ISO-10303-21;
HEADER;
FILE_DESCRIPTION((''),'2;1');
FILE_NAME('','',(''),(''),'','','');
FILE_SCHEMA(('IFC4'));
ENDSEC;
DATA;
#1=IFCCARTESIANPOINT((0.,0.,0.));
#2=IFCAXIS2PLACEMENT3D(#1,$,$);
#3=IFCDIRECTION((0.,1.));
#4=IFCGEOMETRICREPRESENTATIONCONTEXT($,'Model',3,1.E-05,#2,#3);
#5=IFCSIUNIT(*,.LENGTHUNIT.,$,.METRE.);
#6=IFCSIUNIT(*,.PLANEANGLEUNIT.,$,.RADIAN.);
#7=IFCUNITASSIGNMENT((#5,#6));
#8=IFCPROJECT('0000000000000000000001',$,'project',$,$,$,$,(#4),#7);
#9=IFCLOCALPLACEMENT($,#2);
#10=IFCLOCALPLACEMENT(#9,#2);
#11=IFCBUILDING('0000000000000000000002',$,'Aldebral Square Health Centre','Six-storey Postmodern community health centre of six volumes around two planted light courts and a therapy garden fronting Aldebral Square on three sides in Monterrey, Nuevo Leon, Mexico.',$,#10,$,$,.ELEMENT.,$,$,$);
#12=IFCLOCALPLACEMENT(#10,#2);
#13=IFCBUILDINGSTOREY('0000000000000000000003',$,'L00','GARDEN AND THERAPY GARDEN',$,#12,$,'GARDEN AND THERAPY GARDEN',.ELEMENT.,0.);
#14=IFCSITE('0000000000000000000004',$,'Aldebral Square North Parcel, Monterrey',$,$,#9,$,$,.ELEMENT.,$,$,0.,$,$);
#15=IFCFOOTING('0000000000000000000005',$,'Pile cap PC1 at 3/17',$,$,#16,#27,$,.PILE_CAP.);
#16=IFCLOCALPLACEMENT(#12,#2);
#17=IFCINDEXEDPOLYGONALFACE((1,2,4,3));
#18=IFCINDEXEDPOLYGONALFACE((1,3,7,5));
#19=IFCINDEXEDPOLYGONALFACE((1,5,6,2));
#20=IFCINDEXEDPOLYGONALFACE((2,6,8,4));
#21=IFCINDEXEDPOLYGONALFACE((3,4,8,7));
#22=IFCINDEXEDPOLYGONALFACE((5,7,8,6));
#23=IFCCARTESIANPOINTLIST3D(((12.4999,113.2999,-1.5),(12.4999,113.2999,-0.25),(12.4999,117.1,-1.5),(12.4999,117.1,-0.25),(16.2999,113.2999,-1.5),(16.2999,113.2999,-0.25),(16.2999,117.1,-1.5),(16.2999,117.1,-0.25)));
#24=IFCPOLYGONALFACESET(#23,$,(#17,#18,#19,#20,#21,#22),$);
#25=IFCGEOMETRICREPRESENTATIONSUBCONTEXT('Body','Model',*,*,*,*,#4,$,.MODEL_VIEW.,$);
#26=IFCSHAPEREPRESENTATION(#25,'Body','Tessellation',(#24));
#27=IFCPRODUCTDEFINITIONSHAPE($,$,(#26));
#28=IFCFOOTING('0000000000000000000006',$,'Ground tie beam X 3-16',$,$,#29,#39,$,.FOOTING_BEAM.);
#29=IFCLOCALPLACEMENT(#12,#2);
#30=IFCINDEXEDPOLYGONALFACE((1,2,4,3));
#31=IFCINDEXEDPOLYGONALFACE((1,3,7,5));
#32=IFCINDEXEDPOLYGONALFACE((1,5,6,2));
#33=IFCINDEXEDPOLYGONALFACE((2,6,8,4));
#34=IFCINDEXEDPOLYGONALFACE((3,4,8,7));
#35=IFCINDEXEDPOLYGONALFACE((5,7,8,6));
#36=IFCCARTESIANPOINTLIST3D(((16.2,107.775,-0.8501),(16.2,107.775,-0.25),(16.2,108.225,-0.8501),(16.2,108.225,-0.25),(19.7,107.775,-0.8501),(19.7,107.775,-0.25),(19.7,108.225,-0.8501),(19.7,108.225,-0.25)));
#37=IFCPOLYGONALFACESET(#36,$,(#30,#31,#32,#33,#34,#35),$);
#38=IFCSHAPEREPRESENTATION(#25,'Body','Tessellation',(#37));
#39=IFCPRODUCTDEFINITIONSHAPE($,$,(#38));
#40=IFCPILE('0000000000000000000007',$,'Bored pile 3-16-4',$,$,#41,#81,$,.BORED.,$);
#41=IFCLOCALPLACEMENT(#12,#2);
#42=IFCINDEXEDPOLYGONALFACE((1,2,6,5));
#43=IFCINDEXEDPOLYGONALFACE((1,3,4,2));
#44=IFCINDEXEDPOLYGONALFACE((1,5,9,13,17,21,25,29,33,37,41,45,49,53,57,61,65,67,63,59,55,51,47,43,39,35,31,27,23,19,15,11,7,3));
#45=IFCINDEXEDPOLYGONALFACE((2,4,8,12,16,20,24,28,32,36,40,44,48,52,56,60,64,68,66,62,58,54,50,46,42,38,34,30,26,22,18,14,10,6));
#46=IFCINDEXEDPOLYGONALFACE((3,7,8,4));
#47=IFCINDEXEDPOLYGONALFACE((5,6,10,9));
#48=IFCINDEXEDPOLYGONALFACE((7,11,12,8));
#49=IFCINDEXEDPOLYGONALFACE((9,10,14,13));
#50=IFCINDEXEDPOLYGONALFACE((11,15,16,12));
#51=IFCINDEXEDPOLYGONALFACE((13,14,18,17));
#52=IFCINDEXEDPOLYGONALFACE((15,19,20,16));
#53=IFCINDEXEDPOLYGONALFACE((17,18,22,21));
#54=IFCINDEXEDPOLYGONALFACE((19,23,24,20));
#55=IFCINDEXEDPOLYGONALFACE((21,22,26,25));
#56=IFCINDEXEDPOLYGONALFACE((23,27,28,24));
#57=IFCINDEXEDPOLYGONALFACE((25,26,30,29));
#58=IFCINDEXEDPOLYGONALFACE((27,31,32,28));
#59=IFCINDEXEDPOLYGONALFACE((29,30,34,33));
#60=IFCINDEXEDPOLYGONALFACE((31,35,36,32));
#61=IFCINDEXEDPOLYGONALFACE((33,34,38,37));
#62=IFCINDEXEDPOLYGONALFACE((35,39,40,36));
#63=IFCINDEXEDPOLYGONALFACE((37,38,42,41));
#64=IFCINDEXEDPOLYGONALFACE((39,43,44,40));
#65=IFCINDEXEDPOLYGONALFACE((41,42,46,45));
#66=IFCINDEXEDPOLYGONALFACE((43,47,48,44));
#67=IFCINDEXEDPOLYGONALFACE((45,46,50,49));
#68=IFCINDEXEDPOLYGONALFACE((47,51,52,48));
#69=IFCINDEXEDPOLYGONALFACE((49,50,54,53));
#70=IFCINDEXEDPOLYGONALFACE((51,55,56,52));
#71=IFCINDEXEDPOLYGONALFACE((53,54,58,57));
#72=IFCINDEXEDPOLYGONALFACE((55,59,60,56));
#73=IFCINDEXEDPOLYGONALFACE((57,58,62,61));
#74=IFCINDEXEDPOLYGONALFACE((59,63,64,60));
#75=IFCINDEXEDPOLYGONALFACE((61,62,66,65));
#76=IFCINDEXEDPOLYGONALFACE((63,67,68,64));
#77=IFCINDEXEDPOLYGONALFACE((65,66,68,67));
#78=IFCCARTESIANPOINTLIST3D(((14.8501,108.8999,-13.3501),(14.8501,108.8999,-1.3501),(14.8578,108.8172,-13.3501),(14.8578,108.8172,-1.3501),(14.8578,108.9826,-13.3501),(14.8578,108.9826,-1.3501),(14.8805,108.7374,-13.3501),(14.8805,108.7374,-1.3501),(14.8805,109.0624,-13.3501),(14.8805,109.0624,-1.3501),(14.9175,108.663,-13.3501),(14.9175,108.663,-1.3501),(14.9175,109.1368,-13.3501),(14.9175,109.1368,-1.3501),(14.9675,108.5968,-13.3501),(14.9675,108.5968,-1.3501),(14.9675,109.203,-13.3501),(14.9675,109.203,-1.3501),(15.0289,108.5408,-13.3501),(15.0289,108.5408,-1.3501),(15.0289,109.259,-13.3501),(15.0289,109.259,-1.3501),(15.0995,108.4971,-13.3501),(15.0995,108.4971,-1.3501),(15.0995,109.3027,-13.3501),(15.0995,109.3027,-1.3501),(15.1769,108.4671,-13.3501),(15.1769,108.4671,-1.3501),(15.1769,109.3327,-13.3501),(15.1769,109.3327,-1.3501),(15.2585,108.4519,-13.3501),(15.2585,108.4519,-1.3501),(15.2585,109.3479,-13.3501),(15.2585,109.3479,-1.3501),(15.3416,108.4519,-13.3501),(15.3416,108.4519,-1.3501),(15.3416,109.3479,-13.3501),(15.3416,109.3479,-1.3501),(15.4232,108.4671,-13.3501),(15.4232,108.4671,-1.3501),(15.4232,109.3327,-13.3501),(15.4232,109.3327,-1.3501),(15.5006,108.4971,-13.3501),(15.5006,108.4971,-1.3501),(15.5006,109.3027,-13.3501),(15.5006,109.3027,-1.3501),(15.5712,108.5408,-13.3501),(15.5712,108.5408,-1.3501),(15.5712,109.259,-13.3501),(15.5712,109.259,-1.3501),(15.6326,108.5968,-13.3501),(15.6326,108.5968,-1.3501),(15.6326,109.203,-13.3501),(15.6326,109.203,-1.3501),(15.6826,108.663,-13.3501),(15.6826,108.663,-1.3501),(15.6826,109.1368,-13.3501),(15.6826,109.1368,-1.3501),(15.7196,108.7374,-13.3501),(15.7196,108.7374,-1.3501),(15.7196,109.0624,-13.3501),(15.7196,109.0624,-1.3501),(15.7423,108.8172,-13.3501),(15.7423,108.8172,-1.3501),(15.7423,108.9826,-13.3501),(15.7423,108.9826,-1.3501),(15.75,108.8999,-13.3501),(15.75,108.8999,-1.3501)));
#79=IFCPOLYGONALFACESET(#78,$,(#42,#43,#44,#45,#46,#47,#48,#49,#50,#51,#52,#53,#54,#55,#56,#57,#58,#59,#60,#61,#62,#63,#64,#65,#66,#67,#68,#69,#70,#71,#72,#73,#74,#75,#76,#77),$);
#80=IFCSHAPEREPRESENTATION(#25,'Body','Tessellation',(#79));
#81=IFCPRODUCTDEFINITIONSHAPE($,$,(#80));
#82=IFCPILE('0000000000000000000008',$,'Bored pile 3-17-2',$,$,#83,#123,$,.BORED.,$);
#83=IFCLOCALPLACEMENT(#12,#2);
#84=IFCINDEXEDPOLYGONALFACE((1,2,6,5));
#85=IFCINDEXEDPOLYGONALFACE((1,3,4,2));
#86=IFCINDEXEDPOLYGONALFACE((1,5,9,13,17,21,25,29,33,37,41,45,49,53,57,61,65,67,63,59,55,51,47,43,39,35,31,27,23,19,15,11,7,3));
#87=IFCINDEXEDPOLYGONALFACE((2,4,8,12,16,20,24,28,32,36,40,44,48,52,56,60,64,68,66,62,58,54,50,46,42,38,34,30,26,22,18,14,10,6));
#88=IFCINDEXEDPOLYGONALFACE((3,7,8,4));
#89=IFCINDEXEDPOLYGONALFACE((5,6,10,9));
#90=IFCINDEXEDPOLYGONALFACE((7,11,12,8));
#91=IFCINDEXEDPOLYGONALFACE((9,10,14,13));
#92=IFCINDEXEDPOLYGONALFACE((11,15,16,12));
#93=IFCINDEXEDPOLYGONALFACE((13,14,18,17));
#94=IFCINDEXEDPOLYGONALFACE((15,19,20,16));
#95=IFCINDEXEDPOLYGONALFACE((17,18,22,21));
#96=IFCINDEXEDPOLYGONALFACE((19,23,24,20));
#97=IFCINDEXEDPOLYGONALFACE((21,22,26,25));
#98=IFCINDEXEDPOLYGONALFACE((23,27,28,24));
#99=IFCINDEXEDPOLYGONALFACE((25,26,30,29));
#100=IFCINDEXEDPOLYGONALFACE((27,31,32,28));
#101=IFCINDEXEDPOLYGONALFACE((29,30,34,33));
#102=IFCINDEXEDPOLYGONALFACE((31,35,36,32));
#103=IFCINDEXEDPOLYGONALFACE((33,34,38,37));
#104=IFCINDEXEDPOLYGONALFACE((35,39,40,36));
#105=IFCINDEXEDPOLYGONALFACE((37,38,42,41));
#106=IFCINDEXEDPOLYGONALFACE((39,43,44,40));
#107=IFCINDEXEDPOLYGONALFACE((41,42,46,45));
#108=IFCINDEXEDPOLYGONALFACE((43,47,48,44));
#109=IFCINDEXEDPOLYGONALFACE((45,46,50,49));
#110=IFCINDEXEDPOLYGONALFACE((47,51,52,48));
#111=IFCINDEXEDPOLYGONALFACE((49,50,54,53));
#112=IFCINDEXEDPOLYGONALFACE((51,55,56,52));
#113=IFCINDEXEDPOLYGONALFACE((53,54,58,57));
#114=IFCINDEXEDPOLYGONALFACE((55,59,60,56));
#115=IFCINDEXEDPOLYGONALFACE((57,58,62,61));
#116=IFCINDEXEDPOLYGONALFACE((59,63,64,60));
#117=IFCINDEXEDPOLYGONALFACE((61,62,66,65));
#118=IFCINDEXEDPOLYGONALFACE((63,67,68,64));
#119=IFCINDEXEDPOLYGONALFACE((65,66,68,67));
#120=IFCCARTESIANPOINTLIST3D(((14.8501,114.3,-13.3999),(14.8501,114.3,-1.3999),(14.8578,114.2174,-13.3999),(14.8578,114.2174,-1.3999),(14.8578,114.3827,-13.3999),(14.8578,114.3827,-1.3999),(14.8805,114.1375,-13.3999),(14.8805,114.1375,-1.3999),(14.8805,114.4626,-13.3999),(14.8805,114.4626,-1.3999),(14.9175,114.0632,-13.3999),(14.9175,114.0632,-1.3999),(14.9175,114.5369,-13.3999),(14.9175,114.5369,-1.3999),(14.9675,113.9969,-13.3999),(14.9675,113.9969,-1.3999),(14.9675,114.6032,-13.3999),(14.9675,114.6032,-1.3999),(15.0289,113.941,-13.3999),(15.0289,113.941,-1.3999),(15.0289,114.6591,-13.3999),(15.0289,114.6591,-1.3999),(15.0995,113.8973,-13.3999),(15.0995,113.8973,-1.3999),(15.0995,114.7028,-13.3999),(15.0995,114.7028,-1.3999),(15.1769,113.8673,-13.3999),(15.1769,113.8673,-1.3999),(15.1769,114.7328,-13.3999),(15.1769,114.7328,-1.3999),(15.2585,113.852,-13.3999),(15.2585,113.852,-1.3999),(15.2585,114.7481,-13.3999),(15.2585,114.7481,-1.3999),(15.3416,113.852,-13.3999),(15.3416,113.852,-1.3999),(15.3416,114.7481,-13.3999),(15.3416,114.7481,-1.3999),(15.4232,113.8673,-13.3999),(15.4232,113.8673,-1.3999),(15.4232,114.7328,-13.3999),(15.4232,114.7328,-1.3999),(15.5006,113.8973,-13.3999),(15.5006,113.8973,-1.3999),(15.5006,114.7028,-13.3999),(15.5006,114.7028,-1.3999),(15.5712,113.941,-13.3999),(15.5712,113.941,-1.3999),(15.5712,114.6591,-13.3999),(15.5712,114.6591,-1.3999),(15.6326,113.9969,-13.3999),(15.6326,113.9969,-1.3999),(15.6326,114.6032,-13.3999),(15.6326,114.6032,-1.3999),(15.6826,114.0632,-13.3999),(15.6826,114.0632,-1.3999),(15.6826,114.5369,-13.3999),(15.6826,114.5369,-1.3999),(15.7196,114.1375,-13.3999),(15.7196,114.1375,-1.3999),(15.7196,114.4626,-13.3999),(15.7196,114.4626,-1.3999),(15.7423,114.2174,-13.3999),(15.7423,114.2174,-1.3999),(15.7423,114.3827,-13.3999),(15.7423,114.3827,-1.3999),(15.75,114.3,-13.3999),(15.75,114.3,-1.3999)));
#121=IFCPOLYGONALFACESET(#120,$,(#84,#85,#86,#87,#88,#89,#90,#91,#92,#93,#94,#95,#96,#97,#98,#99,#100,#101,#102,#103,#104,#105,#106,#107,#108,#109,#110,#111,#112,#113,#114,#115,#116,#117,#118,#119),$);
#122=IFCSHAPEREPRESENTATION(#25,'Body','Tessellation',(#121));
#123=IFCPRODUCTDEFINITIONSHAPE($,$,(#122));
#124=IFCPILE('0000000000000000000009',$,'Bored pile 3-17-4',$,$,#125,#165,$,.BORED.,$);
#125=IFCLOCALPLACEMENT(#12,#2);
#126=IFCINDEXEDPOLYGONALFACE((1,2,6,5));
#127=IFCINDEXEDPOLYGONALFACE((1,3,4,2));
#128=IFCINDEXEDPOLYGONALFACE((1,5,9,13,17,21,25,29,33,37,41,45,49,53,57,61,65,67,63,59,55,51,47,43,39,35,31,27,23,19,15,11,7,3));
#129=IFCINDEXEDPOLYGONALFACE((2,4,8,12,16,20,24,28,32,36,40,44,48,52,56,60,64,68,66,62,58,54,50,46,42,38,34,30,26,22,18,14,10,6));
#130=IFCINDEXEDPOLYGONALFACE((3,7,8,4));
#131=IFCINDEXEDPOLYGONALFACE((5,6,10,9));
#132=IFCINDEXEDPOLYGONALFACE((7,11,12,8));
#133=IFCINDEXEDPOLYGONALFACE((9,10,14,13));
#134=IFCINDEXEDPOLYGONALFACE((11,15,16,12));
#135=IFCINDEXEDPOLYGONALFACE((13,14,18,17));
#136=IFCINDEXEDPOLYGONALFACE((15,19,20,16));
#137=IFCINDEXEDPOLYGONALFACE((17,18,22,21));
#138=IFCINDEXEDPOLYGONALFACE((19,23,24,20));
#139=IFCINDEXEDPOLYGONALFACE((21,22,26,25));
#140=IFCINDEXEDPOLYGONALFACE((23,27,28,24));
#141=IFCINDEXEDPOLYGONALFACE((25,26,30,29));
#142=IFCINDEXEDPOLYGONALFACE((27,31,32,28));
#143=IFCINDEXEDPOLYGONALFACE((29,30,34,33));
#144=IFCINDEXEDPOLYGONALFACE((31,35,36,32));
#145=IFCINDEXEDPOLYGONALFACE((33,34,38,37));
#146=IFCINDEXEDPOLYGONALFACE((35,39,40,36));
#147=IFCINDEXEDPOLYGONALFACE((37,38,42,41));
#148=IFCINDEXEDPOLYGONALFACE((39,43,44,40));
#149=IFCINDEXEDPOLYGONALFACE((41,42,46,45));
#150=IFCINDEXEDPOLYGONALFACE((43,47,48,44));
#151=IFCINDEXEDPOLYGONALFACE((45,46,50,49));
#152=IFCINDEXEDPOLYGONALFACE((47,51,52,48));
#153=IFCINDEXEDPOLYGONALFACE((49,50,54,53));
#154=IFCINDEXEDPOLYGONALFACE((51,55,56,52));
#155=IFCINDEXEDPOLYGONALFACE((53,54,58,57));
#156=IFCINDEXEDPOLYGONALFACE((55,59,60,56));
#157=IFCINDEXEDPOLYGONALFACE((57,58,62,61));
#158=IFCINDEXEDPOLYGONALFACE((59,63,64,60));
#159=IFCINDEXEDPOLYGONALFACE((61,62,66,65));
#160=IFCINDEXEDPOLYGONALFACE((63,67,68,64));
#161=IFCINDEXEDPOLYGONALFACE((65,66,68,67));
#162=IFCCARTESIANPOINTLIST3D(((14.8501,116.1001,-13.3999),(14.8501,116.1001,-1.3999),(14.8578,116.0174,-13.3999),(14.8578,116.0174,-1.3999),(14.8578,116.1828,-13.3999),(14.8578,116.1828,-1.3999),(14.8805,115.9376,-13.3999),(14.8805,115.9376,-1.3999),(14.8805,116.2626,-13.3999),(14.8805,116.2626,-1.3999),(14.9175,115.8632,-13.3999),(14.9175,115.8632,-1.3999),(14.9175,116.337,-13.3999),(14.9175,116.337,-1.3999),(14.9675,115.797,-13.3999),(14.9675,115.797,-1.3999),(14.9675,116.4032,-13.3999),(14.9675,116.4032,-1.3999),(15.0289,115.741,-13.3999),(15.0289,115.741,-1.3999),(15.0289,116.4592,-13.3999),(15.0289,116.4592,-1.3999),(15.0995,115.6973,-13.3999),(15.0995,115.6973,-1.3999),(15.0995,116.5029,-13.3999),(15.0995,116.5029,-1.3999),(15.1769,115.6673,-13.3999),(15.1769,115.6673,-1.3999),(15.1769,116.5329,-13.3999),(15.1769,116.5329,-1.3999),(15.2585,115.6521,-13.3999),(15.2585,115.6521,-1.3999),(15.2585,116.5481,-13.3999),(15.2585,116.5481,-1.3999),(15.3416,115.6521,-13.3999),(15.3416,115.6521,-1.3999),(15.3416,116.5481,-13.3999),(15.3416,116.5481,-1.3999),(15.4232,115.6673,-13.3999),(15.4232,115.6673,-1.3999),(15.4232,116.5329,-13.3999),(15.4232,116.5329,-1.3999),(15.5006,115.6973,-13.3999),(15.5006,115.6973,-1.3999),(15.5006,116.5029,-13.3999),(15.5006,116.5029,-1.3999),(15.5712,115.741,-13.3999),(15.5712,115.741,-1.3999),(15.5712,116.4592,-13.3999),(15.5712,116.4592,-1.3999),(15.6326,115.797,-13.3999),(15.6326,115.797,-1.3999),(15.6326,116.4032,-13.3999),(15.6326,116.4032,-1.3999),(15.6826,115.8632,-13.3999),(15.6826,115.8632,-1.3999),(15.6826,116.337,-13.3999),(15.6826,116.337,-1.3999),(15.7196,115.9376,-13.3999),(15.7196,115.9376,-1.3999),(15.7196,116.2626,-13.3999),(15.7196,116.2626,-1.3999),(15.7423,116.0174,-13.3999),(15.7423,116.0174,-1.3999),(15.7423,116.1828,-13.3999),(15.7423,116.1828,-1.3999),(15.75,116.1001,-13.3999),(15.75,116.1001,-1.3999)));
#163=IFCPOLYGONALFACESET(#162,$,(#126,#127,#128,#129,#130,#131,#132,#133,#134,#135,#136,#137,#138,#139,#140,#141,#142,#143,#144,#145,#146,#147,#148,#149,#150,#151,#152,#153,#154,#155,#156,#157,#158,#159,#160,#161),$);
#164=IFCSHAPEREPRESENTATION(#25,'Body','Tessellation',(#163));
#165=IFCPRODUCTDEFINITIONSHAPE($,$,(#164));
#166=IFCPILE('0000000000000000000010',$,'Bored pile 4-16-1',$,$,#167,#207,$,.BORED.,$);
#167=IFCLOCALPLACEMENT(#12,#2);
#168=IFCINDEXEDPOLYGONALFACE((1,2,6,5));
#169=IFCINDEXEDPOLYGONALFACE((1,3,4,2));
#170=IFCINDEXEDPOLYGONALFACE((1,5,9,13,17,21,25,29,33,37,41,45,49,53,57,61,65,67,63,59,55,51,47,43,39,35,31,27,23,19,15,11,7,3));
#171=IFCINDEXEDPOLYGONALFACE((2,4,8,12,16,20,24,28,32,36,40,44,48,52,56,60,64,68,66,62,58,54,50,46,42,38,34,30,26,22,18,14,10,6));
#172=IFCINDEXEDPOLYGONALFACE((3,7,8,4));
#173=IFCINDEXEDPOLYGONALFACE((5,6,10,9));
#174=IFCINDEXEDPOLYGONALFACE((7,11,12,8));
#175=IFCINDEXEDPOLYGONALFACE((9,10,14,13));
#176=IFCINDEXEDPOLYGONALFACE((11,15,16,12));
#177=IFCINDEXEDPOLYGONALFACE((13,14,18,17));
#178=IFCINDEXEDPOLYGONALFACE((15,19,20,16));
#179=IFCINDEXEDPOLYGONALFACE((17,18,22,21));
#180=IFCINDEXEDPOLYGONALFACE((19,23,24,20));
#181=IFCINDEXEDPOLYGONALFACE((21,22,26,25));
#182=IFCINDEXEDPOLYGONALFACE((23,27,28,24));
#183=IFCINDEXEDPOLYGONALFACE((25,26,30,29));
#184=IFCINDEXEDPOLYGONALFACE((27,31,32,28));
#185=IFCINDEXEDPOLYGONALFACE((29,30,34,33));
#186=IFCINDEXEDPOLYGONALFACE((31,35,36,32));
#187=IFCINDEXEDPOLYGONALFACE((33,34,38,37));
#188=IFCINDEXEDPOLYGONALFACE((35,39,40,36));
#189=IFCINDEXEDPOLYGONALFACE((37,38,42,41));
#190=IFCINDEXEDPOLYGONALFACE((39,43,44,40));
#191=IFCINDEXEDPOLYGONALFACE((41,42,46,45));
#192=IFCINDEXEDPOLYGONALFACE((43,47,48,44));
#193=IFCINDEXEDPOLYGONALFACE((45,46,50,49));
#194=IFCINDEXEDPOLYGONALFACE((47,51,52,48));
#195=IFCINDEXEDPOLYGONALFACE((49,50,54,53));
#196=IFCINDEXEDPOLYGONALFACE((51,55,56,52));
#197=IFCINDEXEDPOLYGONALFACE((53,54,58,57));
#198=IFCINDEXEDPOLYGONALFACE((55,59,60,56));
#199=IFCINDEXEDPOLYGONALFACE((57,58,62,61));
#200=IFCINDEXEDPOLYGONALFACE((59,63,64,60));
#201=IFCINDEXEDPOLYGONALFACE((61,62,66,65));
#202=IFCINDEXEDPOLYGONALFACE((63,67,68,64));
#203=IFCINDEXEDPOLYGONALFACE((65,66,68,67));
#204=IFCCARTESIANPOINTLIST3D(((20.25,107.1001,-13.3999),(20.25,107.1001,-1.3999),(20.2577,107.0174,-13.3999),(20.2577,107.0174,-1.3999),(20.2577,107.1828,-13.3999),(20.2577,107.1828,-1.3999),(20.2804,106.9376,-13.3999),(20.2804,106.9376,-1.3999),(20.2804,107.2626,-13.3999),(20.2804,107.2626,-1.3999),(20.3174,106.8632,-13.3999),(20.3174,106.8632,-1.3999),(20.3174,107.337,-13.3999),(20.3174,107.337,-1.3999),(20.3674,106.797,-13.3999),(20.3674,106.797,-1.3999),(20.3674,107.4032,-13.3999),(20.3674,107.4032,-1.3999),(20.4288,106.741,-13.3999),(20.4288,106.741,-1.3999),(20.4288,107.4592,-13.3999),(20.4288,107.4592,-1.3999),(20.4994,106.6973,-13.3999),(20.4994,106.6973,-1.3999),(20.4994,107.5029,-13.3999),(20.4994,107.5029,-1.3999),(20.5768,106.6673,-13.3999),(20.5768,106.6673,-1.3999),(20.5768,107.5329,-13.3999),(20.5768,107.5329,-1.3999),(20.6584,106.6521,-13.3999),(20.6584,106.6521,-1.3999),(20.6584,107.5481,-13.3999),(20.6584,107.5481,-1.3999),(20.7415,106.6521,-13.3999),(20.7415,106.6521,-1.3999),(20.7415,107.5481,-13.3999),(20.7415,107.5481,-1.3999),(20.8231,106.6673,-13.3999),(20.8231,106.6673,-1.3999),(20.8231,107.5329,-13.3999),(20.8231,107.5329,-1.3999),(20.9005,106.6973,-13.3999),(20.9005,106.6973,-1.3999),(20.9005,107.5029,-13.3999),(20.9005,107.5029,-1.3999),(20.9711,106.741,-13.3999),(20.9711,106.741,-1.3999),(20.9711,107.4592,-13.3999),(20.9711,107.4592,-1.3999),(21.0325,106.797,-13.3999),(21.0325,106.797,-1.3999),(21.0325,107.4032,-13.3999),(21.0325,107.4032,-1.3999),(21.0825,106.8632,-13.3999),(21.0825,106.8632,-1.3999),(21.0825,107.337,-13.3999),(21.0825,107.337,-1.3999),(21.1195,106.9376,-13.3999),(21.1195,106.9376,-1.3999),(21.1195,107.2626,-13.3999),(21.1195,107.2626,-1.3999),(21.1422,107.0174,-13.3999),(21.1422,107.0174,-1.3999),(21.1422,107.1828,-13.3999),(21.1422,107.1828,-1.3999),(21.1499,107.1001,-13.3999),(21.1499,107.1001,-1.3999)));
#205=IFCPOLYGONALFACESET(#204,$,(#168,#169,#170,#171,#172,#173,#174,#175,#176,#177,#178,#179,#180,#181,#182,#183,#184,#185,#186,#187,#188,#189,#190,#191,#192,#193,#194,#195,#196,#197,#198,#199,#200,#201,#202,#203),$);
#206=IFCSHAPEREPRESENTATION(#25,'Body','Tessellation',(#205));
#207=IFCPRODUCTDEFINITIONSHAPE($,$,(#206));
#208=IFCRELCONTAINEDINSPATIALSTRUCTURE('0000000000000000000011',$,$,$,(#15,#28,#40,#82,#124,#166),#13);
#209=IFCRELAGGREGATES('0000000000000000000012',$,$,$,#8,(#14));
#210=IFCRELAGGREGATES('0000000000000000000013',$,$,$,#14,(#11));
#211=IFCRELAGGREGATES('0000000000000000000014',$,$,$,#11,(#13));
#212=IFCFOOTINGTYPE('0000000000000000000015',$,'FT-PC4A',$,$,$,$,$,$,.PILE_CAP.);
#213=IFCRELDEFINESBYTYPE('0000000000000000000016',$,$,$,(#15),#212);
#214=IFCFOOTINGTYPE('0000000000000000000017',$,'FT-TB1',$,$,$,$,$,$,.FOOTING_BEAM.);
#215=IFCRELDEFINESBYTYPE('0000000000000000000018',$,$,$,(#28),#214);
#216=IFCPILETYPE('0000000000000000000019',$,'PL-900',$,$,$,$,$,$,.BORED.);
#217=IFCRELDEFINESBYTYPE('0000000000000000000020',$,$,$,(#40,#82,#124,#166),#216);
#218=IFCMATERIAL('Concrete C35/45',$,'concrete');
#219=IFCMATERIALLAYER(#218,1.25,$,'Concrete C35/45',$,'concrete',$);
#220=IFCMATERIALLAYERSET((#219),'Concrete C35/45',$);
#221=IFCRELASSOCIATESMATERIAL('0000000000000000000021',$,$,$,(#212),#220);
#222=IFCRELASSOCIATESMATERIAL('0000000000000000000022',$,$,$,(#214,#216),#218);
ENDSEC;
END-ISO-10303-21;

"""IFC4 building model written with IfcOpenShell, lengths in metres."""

from ifc_helpers import new_model, si_unit, direction, frame, origin, origin_2d, place, context, subcontext, project, spatial, rectangle, circle, extrude, material, layer, layer_set, material_profile, profile_set, type_object, element, save


model = new_model("IFC4")

# Units and contexts
model_context = context("Model", 3, precision=1e-05, world=origin(), true_north=direction((0.0, 1.0)))
body_context = subcontext(model_context, "Body", "Model", "MODEL_VIEW")
ifc_project = project(units=[si_unit("LENGTHUNIT", "METRE"), si_unit("PLANEANGLEUNIT", "RADIAN")], contexts=[model_context])

# Site, building, storey
site_placement = place(None, origin())
site = spatial("IfcSite", under=ifc_project, at=site_placement, Name="Aldebral Square North Parcel, Monterrey", CompositionType="ELEMENT", RefElevation=0.0)
building_placement = place(site_placement, origin())
building = spatial("IfcBuilding", under=site, at=building_placement, Name="Aldebral Square Health Centre", Description="Six-storey Postmodern community health centre of six volumes around two planted light courts and a therapy garden fronting Aldebral Square on three sides in Monterrey, Nuevo Leon, Mexico.", CompositionType="ELEMENT")
storey_placement = place(building_placement, origin())
storey = spatial("IfcBuildingStorey", under=building, at=storey_placement, Name="L00", Description="GARDEN AND THERAPY GARDEN", LongName="GARDEN AND THERAPY GARDEN", CompositionType="ELEMENT", Elevation=0.0)

# Footings
ifc_material_1 = material(Name="Concrete C35/45", Category="concrete")
ifc_layer_1 = layer(ifc_material_1, 1.25, Name="Concrete C35/45", Category="concrete")
ifc_layer_set_1 = layer_set([ifc_layer_1], Name="Concrete C35/45")
footing_type_1 = type_object("IfcFootingType", Name="FT-PC4A", PredefinedType="PILE_CAP", material=ifc_layer_set_1)
footing_1_placement = place(storey_placement, frame((14.3999, 115.2, -1.5), z_axis=(0.0, 0.0, 1.0), x_axis=(1.0, 0.0, 0.0)))
element("IfcFooting", 1, at=footing_1_placement, inside=storey, type_object=footing_type_1, Name="Pile cap PC1 at 3/17", PredefinedType="PILE_CAP", context=body_context, shape_type="SweptSolid", body=[
    extrude(rectangle(XDim=3.8, YDim=3.8, at=origin_2d()), origin(), (0.0, 0.0, 1.0), 1.25),
])
ifc_material_profile_1 = material_profile(ifc_material_1, rectangle(XDim=0.45, YDim=0.6001, at=origin_2d()), Name="RC 450x600")
ifc_profile_set_1 = profile_set([ifc_material_profile_1], Name="Concrete C35/45")
footing_type_2 = type_object("IfcFootingType", Name="FT-TB1", PredefinedType="FOOTING_BEAM", material=ifc_profile_set_1)
footing_2_placement = place(storey_placement, frame((16.2, 108.0, -0.55), z_axis=(1.0, 0.0, 0.0), x_axis=(0.0, 1.0, 0.0)))
element("IfcFooting", 2, at=footing_2_placement, inside=storey, type_object=footing_type_2, Name="Ground tie beam X 3-16", PredefinedType="FOOTING_BEAM", context=body_context, shape_type="SweptSolid", body=[
    extrude(rectangle(XDim=0.45, YDim=0.6001, at=origin_2d()), origin(), (0.0, 0.0, 1.0), 3.5),
])

# Piles
ifc_material_profile_2 = material_profile(ifc_material_1, circle(Radius=0.45, at=origin_2d()), Name="PILE D900")
ifc_profile_set_2 = profile_set([ifc_material_profile_2], Name="Concrete C35/45")
pile_type = type_object("IfcPileType", Name="PL-900", PredefinedType="BORED", material=ifc_profile_set_2)
for number, where, z_axis, x_axis, name in (
    (3, (15.3, 108.8999, -1.3501), (0.0, 0.0, -1.0), (1.0, 0.0, 0.0), "Bored pile 3-16-4"),
    (4, (15.3, 114.3, -1.3999), (0.0, 0.0, -1.0), (1.0, 0.0, 0.0), "Bored pile 3-17-2"),
    (5, (15.3, 116.1001, -1.3999), (0.0, 0.0, -1.0), (1.0, 0.0, 0.0), "Bored pile 3-17-4"),
    (6, (20.7, 107.1001, -1.3999), (0.0, 0.0, -1.0), (1.0, 0.0, 0.0), "Bored pile 4-16-1"),
):
    element("IfcPile", number, at=place(storey_placement, frame(where, z_axis=z_axis, x_axis=x_axis)), inside=storey, type_object=pile_type, Name=name, PredefinedType="BORED", context=body_context, shape_type="SweptSolid", body=[
        extrude(circle(Radius=0.45, at=origin_2d()), origin(), (0.0, 0.0, 1.0), 12.0),
    ])

save(model, "model.ifc")
